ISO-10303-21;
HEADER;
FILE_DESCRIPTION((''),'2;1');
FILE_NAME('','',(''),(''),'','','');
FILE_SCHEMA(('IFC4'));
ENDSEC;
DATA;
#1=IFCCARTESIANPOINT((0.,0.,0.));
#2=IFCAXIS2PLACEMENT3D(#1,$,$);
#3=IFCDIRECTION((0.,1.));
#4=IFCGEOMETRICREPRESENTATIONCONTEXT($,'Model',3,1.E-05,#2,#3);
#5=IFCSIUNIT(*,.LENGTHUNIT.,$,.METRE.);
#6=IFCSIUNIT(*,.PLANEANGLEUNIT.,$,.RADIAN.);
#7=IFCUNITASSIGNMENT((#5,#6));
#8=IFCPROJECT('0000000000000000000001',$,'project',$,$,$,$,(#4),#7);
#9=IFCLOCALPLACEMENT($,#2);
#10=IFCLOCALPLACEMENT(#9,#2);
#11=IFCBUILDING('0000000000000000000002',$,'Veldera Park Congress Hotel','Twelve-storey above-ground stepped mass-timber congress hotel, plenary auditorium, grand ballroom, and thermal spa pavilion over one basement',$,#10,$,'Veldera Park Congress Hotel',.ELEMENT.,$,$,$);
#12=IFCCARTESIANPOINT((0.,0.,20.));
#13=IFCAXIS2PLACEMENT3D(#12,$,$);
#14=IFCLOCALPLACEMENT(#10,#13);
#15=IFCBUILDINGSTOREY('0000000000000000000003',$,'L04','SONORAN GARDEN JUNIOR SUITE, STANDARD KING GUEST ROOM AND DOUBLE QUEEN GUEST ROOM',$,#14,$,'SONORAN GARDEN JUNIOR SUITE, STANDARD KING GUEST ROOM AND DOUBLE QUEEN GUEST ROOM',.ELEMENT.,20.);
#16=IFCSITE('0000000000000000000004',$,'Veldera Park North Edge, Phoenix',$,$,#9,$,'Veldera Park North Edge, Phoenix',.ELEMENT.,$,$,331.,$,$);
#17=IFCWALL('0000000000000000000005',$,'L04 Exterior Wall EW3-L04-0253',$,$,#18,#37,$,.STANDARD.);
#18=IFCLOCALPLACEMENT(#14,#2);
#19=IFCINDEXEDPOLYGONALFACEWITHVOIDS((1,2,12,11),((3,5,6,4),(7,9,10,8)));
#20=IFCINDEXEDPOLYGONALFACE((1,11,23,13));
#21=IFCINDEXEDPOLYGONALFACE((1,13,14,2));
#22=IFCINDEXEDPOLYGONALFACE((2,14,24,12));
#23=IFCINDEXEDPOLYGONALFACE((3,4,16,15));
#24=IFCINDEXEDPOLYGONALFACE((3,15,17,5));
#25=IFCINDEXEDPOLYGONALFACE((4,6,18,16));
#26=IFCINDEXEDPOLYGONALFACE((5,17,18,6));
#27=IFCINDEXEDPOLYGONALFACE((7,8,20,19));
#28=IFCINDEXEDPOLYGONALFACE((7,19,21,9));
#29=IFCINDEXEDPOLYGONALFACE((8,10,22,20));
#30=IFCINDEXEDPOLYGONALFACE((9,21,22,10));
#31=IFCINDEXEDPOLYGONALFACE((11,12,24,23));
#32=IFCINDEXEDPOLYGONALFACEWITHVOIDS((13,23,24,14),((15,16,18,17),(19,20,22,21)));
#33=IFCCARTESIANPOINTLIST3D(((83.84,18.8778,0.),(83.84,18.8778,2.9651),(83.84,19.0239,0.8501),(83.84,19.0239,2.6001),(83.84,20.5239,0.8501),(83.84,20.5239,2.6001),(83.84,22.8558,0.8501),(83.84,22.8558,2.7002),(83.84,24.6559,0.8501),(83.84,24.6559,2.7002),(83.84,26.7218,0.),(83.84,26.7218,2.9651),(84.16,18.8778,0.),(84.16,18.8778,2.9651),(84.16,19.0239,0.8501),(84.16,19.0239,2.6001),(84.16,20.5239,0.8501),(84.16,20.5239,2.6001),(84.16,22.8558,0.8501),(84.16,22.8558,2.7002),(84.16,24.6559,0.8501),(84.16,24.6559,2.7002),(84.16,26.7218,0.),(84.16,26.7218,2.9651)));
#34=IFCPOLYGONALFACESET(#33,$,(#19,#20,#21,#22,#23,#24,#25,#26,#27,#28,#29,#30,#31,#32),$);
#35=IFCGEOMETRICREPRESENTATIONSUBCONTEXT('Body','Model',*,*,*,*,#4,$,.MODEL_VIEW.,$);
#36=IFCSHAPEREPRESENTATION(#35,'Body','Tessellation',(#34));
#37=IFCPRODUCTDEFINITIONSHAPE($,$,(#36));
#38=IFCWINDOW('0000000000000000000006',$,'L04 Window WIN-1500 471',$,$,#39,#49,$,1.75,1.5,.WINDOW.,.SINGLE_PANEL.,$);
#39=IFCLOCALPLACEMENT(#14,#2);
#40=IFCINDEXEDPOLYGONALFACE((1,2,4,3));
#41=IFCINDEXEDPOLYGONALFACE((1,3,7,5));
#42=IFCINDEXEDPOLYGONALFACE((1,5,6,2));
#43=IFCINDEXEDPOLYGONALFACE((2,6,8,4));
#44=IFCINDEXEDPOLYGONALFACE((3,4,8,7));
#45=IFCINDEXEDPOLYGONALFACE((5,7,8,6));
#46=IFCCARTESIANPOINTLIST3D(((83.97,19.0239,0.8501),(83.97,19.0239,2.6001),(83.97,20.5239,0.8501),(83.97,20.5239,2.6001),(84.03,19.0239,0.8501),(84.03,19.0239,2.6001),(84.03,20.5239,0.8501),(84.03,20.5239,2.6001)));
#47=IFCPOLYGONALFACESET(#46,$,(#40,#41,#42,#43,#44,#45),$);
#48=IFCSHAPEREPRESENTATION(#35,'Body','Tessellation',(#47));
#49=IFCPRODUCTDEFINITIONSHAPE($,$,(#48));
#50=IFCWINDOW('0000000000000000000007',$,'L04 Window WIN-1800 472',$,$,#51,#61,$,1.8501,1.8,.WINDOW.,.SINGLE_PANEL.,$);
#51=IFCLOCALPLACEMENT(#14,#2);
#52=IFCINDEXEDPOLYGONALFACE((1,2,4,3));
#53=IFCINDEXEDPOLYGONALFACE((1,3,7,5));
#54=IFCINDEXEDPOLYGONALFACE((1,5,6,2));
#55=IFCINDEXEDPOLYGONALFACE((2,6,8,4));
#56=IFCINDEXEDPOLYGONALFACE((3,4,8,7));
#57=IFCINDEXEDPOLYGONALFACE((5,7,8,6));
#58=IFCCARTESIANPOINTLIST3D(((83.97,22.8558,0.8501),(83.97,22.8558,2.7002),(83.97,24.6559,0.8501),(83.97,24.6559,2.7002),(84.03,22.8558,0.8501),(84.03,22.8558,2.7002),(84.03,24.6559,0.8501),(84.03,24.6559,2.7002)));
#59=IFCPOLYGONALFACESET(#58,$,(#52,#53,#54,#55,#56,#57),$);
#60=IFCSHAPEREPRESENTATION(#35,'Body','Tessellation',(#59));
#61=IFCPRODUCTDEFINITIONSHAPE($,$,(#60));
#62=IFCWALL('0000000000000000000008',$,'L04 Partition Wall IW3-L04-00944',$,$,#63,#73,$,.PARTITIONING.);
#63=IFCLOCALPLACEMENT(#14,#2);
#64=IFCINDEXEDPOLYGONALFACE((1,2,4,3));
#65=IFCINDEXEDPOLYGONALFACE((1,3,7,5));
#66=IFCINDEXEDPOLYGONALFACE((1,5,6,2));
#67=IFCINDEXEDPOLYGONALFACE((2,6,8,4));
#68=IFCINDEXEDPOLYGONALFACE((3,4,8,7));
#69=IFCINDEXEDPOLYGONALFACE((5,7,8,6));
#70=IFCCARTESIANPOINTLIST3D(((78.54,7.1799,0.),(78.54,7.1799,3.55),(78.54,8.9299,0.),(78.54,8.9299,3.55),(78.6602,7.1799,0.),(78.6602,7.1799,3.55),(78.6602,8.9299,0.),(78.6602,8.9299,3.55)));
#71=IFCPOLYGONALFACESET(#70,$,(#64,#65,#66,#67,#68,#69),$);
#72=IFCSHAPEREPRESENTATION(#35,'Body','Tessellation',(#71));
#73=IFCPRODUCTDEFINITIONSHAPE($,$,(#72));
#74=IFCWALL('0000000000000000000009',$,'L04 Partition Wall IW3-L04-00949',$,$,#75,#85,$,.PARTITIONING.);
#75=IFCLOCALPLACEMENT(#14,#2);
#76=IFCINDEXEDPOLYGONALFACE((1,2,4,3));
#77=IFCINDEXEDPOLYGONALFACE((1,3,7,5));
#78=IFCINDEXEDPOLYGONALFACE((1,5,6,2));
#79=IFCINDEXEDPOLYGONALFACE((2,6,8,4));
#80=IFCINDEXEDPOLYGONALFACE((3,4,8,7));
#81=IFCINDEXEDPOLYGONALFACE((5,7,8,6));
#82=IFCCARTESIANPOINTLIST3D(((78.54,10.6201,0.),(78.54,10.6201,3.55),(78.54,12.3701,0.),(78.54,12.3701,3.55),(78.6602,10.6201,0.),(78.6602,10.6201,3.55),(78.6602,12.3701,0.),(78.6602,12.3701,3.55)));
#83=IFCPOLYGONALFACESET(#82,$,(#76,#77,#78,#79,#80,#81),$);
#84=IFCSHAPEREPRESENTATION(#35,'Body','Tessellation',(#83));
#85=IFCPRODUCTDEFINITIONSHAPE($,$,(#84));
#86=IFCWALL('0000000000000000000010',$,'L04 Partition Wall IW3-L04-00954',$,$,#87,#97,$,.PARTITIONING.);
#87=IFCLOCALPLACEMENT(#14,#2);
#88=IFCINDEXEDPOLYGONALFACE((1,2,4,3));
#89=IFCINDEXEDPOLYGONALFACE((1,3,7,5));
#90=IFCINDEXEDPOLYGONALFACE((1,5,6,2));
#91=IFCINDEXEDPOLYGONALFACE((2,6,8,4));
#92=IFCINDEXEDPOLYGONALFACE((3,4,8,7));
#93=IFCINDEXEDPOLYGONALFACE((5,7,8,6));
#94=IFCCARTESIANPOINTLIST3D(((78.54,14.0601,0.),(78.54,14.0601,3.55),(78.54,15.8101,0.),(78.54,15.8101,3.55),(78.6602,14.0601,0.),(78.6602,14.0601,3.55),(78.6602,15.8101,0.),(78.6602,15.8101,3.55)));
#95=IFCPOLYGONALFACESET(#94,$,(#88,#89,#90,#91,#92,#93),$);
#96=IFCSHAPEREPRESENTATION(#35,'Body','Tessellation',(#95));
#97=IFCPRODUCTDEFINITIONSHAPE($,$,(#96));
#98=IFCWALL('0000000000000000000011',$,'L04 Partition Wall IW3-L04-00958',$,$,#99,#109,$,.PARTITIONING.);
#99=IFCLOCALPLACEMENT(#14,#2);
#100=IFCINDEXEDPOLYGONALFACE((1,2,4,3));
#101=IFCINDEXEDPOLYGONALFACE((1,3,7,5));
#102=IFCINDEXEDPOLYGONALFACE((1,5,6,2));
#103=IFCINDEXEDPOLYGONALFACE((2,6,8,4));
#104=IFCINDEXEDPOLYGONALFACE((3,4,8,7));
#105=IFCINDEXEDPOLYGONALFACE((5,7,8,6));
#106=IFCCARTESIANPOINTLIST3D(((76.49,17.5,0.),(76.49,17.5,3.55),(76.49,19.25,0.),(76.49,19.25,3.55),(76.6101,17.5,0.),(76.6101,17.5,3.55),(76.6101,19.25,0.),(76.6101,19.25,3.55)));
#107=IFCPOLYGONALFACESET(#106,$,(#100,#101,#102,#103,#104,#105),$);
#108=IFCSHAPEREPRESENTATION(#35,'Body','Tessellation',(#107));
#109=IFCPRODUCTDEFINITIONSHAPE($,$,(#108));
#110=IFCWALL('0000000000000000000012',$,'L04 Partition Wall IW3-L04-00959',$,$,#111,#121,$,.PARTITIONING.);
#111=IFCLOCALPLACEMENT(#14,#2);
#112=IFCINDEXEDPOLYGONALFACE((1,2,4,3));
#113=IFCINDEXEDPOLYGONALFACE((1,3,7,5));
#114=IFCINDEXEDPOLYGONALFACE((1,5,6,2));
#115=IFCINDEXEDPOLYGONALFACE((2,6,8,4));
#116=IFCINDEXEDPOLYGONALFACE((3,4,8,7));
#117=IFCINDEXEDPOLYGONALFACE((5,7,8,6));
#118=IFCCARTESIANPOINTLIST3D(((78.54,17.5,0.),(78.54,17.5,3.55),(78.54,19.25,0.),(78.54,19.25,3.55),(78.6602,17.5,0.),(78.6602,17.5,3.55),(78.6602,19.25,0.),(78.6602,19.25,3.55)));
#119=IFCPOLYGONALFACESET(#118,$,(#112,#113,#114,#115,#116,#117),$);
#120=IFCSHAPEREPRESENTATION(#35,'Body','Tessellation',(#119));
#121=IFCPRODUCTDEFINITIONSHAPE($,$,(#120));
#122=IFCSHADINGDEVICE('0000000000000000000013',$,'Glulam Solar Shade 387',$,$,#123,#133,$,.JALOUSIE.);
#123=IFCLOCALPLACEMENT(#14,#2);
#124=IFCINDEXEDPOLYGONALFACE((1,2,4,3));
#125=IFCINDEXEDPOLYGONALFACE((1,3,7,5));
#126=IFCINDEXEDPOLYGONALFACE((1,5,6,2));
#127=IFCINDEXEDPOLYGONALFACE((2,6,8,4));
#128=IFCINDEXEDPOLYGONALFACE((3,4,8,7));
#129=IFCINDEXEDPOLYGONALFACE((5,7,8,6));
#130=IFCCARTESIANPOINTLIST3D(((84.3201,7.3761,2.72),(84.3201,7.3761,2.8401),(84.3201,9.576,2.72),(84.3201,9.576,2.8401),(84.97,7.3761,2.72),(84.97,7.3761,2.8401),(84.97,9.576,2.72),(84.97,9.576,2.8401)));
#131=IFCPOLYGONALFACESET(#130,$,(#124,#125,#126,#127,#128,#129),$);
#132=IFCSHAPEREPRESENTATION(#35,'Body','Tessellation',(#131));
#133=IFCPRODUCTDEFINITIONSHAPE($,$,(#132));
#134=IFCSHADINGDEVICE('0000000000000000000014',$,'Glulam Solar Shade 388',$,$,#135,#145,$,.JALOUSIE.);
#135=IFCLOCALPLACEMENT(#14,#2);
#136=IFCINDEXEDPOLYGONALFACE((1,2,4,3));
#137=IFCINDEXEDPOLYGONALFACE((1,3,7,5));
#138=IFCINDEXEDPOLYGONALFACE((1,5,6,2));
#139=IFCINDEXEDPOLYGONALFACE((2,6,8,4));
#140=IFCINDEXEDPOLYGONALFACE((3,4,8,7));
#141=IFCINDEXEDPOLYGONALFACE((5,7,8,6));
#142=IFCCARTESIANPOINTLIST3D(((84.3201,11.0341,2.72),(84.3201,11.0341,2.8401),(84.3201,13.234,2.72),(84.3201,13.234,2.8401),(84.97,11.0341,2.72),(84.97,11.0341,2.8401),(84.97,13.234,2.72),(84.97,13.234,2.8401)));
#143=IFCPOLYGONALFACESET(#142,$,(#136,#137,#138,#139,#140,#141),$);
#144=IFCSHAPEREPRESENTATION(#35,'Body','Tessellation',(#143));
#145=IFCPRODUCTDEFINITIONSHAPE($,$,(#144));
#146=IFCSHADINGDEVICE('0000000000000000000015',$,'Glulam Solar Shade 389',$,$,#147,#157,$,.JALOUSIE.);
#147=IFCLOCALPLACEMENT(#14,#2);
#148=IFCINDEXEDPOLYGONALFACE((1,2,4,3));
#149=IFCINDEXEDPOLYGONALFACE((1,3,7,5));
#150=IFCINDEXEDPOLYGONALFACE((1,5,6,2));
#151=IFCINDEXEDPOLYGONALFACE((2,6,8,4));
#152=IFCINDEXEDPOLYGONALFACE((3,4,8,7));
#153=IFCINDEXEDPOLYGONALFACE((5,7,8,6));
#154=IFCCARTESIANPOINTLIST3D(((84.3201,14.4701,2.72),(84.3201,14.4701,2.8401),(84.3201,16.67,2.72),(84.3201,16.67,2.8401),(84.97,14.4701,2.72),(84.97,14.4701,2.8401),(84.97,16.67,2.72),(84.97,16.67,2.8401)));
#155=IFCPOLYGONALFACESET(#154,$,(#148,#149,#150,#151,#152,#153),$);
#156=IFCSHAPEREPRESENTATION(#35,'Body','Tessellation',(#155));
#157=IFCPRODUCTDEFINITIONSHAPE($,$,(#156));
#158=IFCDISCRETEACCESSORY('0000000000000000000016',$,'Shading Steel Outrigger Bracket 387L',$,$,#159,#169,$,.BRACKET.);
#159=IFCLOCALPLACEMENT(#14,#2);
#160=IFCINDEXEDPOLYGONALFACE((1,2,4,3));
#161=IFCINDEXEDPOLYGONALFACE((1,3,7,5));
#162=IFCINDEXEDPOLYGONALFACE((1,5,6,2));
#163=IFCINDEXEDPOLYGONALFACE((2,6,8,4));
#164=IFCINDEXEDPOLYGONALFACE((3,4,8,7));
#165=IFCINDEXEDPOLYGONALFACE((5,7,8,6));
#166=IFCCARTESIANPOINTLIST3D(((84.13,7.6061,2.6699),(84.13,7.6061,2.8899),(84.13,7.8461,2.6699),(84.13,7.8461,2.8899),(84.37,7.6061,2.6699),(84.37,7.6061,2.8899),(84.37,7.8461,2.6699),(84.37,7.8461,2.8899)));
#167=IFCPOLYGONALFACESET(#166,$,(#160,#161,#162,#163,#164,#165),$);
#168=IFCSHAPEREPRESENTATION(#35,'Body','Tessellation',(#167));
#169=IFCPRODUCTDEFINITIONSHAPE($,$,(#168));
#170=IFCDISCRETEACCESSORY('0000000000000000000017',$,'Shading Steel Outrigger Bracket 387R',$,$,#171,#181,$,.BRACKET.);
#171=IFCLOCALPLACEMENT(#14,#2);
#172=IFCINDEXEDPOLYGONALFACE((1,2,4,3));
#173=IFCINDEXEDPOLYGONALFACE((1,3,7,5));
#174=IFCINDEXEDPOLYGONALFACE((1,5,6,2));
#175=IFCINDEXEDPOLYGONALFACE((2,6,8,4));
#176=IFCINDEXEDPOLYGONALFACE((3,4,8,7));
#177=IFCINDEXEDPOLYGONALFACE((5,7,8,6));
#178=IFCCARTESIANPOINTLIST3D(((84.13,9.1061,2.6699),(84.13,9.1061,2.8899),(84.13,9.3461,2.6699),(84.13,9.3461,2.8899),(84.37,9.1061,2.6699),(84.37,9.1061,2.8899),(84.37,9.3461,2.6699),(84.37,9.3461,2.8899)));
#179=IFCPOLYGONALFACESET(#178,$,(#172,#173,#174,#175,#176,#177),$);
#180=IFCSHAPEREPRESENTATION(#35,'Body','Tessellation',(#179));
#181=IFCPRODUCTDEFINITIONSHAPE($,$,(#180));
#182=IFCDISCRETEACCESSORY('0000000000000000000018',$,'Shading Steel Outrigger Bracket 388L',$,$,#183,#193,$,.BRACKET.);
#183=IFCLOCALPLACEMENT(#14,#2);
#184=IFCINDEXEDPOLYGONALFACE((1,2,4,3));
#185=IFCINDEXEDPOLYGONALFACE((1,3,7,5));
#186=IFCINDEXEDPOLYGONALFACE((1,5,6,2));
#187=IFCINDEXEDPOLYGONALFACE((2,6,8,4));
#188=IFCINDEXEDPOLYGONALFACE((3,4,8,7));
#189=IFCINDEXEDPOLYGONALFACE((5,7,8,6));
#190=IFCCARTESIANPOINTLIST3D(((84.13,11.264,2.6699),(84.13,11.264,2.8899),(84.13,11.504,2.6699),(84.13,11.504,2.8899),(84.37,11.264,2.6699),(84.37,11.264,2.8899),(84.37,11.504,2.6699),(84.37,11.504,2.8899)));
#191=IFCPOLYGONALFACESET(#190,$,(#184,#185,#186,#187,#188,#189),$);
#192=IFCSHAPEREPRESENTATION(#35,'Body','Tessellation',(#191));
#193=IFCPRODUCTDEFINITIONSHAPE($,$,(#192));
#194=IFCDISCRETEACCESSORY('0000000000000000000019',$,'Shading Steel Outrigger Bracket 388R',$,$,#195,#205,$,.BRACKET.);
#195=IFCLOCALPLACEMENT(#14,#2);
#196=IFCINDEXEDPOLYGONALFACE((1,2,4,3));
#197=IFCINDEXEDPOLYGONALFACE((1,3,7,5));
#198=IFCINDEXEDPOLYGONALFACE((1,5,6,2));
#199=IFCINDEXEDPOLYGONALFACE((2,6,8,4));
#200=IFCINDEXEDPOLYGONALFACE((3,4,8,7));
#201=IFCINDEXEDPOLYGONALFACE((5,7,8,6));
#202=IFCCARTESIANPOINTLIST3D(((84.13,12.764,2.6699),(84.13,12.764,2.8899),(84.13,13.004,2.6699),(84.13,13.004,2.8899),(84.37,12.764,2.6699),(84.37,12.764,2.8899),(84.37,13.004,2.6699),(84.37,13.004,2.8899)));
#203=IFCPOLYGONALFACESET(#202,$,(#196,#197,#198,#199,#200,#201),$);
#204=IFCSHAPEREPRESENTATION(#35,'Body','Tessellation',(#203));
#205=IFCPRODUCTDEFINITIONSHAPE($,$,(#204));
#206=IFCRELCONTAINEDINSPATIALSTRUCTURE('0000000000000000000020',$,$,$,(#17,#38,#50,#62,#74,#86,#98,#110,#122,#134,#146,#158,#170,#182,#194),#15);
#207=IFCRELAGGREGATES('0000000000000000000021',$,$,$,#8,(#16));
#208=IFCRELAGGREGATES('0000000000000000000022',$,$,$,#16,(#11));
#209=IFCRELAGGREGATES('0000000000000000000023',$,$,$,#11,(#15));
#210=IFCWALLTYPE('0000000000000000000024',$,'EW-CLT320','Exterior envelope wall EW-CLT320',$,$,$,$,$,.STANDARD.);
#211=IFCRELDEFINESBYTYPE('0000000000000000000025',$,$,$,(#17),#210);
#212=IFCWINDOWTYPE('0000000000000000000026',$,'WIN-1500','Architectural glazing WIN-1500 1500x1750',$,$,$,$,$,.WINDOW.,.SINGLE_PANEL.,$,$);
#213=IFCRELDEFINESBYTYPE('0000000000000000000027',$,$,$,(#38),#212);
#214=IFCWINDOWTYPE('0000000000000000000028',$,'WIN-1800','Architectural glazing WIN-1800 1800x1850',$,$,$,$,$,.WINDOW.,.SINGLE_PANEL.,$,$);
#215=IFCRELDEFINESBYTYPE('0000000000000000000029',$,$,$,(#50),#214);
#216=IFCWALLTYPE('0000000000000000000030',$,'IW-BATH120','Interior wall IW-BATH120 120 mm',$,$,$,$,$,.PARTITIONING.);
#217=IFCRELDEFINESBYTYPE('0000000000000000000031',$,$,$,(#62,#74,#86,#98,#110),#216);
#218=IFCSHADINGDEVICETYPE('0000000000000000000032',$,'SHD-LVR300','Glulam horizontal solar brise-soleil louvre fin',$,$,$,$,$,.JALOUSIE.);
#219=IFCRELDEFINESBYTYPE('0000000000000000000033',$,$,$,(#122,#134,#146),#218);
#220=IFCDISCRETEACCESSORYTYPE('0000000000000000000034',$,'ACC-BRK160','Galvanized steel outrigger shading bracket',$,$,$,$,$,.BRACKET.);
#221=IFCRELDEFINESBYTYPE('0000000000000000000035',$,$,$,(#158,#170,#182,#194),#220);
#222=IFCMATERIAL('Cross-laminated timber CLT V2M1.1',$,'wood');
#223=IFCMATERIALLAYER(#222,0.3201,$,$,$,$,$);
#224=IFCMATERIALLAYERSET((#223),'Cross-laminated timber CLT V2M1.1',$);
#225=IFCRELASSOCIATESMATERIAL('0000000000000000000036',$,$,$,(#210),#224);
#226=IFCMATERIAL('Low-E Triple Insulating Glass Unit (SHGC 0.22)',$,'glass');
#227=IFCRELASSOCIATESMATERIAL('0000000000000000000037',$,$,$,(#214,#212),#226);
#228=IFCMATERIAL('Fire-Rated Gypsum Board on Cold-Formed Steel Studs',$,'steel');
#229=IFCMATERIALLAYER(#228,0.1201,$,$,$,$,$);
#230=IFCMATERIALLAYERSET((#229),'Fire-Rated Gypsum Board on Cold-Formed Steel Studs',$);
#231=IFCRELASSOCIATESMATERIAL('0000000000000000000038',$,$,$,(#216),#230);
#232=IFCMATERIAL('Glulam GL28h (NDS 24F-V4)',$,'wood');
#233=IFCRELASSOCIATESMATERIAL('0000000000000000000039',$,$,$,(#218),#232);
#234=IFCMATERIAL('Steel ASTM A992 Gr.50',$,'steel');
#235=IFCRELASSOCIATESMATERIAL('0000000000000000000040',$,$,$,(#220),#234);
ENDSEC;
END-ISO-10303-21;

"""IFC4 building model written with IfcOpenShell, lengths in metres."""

from ifc_helpers import new_model, si_unit, direction, frame, frame_2d, origin, origin_2d, place, context, subcontext, project, spatial, rectangle, extrude, material, layer, layer_set, type_object, element, fill, save


model = new_model("IFC4")

# Units and contexts
model_context = context("Model", 3, precision=1e-05, world=origin(), true_north=direction((0.0, 1.0)))
body_context = subcontext(model_context, "Body", "Model", "MODEL_VIEW")
ifc_project = project(units=[si_unit("LENGTHUNIT", "METRE"), si_unit("PLANEANGLEUNIT", "RADIAN")], contexts=[model_context])

# Site, building, storey
site_placement = place(None, origin())
site = spatial("IfcSite", under=ifc_project, at=site_placement, Name="Veldera Park North Edge, Phoenix", LongName="Veldera Park North Edge, Phoenix", CompositionType="ELEMENT", RefElevation=331.0)
building_placement = place(site_placement, origin())
building = spatial("IfcBuilding", under=site, at=building_placement, Name="Veldera Park Congress Hotel", Description="Twelve-storey above-ground stepped mass-timber congress hotel, plenary auditorium, grand ballroom, and thermal spa pavilion over one basement", LongName="Veldera Park Congress Hotel", CompositionType="ELEMENT")
storey_placement = place(building_placement, frame((0.0, 0.0, 20.0)))
storey = spatial("IfcBuildingStorey", under=building, at=storey_placement, Name="L04", Description="SONORAN GARDEN JUNIOR SUITE, STANDARD KING GUEST ROOM AND DOUBLE QUEEN GUEST ROOM", LongName="SONORAN GARDEN JUNIOR SUITE, STANDARD KING GUEST ROOM AND DOUBLE QUEEN GUEST ROOM", CompositionType="ELEMENT", Elevation=20.0)

# Shared definitions
ifc_material_1 = material(Name="Glulam GL28h (NDS 24F-V4)", Category="wood")

# Wall, openings, windows
ifc_material_2 = material(Name="Cross-laminated timber CLT V2M1.1", Category="wood")
ifc_layer_1 = layer(ifc_material_2, 0.3201)
ifc_layer_set_1 = layer_set([ifc_layer_1], Name="Cross-laminated timber CLT V2M1.1")
wall_type_1 = type_object("IfcWallType", Name="EW-CLT320", Description="Exterior envelope wall EW-CLT320", PredefinedType="STANDARD", material=ifc_layer_set_1)
ifc_material_3 = material(Name="Low-E Triple Insulating Glass Unit (SHGC 0.22)", Category="glass")
window_type_1 = type_object("IfcWindowType", Name="WIN-1800", Description="Architectural glazing WIN-1800 1800x1850", PartitioningType="SINGLE_PANEL", PredefinedType="WINDOW", material=ifc_material_3)
wall_1_placement = place(storey_placement, frame((84.0, 18.8779, 0.0), z_axis=(0.0, 0.0, 1.0), x_axis=(0.0, 1.0, 0.0)))
wall_1 = element("IfcWall", 1, at=wall_1_placement, inside=storey, type_object=wall_type_1, Name="L04 Exterior Wall EW3-L04-0253", PredefinedType="STANDARD", context=body_context, shape_type="SweptSolid", body=[
    extrude(rectangle(XDim=7.844, YDim=0.3201, at=frame_2d((3.9219, 0.0))), origin(), (0.0, 0.0, 1.0), 2.9651),
])
opening_1_placement = place(wall_1_placement, frame((0.146, 0.0, 0.8501)))
opening_1 = element("IfcOpeningElement", 2, at=opening_1_placement, cuts=wall_1, PredefinedType="OPENING", context=body_context, shape_type="SweptSolid", body=[
    extrude(rectangle(XDim=1.5, YDim=1.75, at=frame_2d((0.75, 0.875))), frame((0.0, 0.1721, 0.0), z_axis=(0.0, -1.0, 0.0), x_axis=(1.0, 0.0, 0.0)), (0.0, 0.0, 1.0), 0.344),
])
opening_2_placement = place(wall_1_placement, frame((3.978, 0.0, 0.8501)))
opening_2 = element("IfcOpeningElement", 3, at=opening_2_placement, cuts=wall_1, PredefinedType="OPENING", context=body_context, shape_type="SweptSolid", body=[
    extrude(rectangle(XDim=1.8, YDim=1.8501, at=frame_2d((0.8999, 0.925))), frame((0.0, 0.1721, 0.0), z_axis=(0.0, -1.0, 0.0), x_axis=(1.0, 0.0, 0.0)), (0.0, 0.0, 1.0), 0.344),
])
window_type_2 = type_object("IfcWindowType", Name="WIN-1500", Description="Architectural glazing WIN-1500 1500x1750", PartitioningType="SINGLE_PANEL", PredefinedType="WINDOW", material=ifc_material_3)
window_1_placement = place(opening_1_placement, origin())
window_1 = element("IfcWindow", 4, at=window_1_placement, inside=storey, type_object=window_type_2, Name="L04 Window WIN-1500 471", OverallHeight=1.75, OverallWidth=1.5, PartitioningType="SINGLE_PANEL", PredefinedType="WINDOW", context=body_context, shape_type="SweptSolid", body=[
    extrude(rectangle(XDim=1.5, YDim=1.75, at=frame_2d((0.75, 0.875))), frame((0.0, 0.03, 0.0), z_axis=(0.0, -1.0, 0.0), x_axis=(1.0, 0.0, 0.0)), (0.0, 0.0, 1.0), 0.0601),
])
fill(opening_1, window_1)
window_2_placement = place(opening_2_placement, origin())
window_2 = element("IfcWindow", 5, at=window_2_placement, inside=storey, type_object=window_type_1, Name="L04 Window WIN-1800 472", OverallHeight=1.8501, OverallWidth=1.8, PartitioningType="SINGLE_PANEL", PredefinedType="WINDOW", context=body_context, shape_type="SweptSolid", body=[
    extrude(rectangle(XDim=1.8, YDim=1.8501, at=frame_2d((0.8999, 0.925))), frame((0.0, 0.03, 0.0), z_axis=(0.0, -1.0, 0.0), x_axis=(1.0, 0.0, 0.0)), (0.0, 0.0, 1.0), 0.0601),
])
fill(opening_2, window_2)

# Walls
ifc_material_4 = material(Name="Fire-Rated Gypsum Board on Cold-Formed Steel Studs", Category="steel")
ifc_layer_2 = layer(ifc_material_4, 0.1201)
ifc_layer_set_2 = layer_set([ifc_layer_2], Name="Fire-Rated Gypsum Board on Cold-Formed Steel Studs")
wall_type_2 = type_object("IfcWallType", Name="IW-BATH120", Description="Interior wall IW-BATH120 120 mm", PredefinedType="PARTITIONING", material=ifc_layer_set_2)
for number, where, z_axis, x_axis, name in (
    (6, (78.6001, 7.1799, 0.0), (0.0, 0.0, 1.0), (0.0, 1.0, 0.0), "L04 Partition Wall IW3-L04-00944"),
    (7, (78.6001, 10.6201, 0.0), (0.0, 0.0, 1.0), (0.0, 1.0, 0.0), "L04 Partition Wall IW3-L04-00949"),
    (8, (78.6001, 14.0601, 0.0), (0.0, 0.0, 1.0), (0.0, 1.0, 0.0), "L04 Partition Wall IW3-L04-00954"),
):
    element("IfcWall", number, at=place(storey_placement, frame(where, z_axis=z_axis, x_axis=x_axis)), inside=storey, type_object=wall_type_2, Name=name, PredefinedType="PARTITIONING", context=body_context, shape_type="SweptSolid", body=[
        extrude(rectangle(XDim=1.75, YDim=0.1201, at=frame_2d((0.875, 0.0))), origin(), (0.0, 0.0, 1.0), 3.55),
    ])

# Walls
for number, where, z_axis, x_axis, name in (
    (9, (76.55, 17.5, 0.0), (0.0, 0.0, 1.0), (0.0, 1.0, 0.0), "L04 Partition Wall IW3-L04-00958"),
    (10, (78.6001, 17.5, 0.0), (0.0, 0.0, 1.0), (0.0, 1.0, 0.0), "L04 Partition Wall IW3-L04-00959"),
):
    element("IfcWall", number, at=place(storey_placement, frame(where, z_axis=z_axis, x_axis=x_axis)), inside=storey, type_object=wall_type_2, Name=name, PredefinedType="PARTITIONING", context=body_context, shape_type="SweptSolid", body=[
        extrude(rectangle(XDim=1.75, YDim=0.1201, at=frame_2d((0.875, 0.0))), origin(), (0.0, 0.0, 1.0), 3.55),
    ])

# Shading devices
shading_device_type = type_object("IfcShadingDeviceType", Name="SHD-LVR300", Description="Glulam horizontal solar brise-soleil louvre fin", PredefinedType="JALOUSIE", material=ifc_material_1)
for number, where, z_axis, x_axis, name in (
    (11, (84.645, 8.4761, 2.72), (0.0, 0.0, 1.0), (0.0, 1.0, 0.0), "Glulam Solar Shade 387"),
    (12, (84.645, 12.134, 2.72), (0.0, 0.0, 1.0), (0.0, 1.0, 0.0), "Glulam Solar Shade 388"),
    (13, (84.645, 15.5701, 2.72), (0.0, 0.0, 1.0), (0.0, 1.0, 0.0), "Glulam Solar Shade 389"),
):
    element("IfcShadingDevice", number, at=place(storey_placement, frame(where, z_axis=z_axis, x_axis=x_axis)), inside=storey, type_object=shading_device_type, Name=name, PredefinedType="JALOUSIE", context=body_context, shape_type="SweptSolid", body=[
        extrude(rectangle(XDim=2.2, YDim=0.6499, at=origin_2d()), origin(), (0.0, 0.0, 1.0), 0.1201),
    ])

# Discrete accessories
ifc_material_5 = material(Name="Steel ASTM A992 Gr.50", Category="steel")
discrete_accessory_type = type_object("IfcDiscreteAccessoryType", Name="ACC-BRK160", Description="Galvanized steel outrigger shading bracket", PredefinedType="BRACKET", material=ifc_material_5)
for number, where, z_axis, x_axis, name in (
    (14, (84.25, 7.7261, 2.6699), (0.0, 0.0, 1.0), (0.0, 1.0, 0.0), "Shading Steel Outrigger Bracket 387L"),
    (15, (84.25, 9.2261, 2.6699), (0.0, 0.0, 1.0), (0.0, 1.0, 0.0), "Shading Steel Outrigger Bracket 387R"),
    (16, (84.25, 11.384, 2.6699), (0.0, 0.0, 1.0), (0.0, 1.0, 0.0), "Shading Steel Outrigger Bracket 388L"),
    (17, (84.25, 12.884, 2.6699), (0.0, 0.0, 1.0), (0.0, 1.0, 0.0), "Shading Steel Outrigger Bracket 388R"),
):
    element("IfcDiscreteAccessory", number, at=place(storey_placement, frame(where, z_axis=z_axis, x_axis=x_axis)), inside=storey, type_object=discrete_accessory_type, Name=name, PredefinedType="BRACKET", context=body_context, shape_type="SweptSolid", body=[
        extrude(rectangle(XDim=0.24, YDim=0.24, at=origin_2d()), origin(), (0.0, 0.0, 1.0), 0.22),
    ])

save(model, "model.ifc")
